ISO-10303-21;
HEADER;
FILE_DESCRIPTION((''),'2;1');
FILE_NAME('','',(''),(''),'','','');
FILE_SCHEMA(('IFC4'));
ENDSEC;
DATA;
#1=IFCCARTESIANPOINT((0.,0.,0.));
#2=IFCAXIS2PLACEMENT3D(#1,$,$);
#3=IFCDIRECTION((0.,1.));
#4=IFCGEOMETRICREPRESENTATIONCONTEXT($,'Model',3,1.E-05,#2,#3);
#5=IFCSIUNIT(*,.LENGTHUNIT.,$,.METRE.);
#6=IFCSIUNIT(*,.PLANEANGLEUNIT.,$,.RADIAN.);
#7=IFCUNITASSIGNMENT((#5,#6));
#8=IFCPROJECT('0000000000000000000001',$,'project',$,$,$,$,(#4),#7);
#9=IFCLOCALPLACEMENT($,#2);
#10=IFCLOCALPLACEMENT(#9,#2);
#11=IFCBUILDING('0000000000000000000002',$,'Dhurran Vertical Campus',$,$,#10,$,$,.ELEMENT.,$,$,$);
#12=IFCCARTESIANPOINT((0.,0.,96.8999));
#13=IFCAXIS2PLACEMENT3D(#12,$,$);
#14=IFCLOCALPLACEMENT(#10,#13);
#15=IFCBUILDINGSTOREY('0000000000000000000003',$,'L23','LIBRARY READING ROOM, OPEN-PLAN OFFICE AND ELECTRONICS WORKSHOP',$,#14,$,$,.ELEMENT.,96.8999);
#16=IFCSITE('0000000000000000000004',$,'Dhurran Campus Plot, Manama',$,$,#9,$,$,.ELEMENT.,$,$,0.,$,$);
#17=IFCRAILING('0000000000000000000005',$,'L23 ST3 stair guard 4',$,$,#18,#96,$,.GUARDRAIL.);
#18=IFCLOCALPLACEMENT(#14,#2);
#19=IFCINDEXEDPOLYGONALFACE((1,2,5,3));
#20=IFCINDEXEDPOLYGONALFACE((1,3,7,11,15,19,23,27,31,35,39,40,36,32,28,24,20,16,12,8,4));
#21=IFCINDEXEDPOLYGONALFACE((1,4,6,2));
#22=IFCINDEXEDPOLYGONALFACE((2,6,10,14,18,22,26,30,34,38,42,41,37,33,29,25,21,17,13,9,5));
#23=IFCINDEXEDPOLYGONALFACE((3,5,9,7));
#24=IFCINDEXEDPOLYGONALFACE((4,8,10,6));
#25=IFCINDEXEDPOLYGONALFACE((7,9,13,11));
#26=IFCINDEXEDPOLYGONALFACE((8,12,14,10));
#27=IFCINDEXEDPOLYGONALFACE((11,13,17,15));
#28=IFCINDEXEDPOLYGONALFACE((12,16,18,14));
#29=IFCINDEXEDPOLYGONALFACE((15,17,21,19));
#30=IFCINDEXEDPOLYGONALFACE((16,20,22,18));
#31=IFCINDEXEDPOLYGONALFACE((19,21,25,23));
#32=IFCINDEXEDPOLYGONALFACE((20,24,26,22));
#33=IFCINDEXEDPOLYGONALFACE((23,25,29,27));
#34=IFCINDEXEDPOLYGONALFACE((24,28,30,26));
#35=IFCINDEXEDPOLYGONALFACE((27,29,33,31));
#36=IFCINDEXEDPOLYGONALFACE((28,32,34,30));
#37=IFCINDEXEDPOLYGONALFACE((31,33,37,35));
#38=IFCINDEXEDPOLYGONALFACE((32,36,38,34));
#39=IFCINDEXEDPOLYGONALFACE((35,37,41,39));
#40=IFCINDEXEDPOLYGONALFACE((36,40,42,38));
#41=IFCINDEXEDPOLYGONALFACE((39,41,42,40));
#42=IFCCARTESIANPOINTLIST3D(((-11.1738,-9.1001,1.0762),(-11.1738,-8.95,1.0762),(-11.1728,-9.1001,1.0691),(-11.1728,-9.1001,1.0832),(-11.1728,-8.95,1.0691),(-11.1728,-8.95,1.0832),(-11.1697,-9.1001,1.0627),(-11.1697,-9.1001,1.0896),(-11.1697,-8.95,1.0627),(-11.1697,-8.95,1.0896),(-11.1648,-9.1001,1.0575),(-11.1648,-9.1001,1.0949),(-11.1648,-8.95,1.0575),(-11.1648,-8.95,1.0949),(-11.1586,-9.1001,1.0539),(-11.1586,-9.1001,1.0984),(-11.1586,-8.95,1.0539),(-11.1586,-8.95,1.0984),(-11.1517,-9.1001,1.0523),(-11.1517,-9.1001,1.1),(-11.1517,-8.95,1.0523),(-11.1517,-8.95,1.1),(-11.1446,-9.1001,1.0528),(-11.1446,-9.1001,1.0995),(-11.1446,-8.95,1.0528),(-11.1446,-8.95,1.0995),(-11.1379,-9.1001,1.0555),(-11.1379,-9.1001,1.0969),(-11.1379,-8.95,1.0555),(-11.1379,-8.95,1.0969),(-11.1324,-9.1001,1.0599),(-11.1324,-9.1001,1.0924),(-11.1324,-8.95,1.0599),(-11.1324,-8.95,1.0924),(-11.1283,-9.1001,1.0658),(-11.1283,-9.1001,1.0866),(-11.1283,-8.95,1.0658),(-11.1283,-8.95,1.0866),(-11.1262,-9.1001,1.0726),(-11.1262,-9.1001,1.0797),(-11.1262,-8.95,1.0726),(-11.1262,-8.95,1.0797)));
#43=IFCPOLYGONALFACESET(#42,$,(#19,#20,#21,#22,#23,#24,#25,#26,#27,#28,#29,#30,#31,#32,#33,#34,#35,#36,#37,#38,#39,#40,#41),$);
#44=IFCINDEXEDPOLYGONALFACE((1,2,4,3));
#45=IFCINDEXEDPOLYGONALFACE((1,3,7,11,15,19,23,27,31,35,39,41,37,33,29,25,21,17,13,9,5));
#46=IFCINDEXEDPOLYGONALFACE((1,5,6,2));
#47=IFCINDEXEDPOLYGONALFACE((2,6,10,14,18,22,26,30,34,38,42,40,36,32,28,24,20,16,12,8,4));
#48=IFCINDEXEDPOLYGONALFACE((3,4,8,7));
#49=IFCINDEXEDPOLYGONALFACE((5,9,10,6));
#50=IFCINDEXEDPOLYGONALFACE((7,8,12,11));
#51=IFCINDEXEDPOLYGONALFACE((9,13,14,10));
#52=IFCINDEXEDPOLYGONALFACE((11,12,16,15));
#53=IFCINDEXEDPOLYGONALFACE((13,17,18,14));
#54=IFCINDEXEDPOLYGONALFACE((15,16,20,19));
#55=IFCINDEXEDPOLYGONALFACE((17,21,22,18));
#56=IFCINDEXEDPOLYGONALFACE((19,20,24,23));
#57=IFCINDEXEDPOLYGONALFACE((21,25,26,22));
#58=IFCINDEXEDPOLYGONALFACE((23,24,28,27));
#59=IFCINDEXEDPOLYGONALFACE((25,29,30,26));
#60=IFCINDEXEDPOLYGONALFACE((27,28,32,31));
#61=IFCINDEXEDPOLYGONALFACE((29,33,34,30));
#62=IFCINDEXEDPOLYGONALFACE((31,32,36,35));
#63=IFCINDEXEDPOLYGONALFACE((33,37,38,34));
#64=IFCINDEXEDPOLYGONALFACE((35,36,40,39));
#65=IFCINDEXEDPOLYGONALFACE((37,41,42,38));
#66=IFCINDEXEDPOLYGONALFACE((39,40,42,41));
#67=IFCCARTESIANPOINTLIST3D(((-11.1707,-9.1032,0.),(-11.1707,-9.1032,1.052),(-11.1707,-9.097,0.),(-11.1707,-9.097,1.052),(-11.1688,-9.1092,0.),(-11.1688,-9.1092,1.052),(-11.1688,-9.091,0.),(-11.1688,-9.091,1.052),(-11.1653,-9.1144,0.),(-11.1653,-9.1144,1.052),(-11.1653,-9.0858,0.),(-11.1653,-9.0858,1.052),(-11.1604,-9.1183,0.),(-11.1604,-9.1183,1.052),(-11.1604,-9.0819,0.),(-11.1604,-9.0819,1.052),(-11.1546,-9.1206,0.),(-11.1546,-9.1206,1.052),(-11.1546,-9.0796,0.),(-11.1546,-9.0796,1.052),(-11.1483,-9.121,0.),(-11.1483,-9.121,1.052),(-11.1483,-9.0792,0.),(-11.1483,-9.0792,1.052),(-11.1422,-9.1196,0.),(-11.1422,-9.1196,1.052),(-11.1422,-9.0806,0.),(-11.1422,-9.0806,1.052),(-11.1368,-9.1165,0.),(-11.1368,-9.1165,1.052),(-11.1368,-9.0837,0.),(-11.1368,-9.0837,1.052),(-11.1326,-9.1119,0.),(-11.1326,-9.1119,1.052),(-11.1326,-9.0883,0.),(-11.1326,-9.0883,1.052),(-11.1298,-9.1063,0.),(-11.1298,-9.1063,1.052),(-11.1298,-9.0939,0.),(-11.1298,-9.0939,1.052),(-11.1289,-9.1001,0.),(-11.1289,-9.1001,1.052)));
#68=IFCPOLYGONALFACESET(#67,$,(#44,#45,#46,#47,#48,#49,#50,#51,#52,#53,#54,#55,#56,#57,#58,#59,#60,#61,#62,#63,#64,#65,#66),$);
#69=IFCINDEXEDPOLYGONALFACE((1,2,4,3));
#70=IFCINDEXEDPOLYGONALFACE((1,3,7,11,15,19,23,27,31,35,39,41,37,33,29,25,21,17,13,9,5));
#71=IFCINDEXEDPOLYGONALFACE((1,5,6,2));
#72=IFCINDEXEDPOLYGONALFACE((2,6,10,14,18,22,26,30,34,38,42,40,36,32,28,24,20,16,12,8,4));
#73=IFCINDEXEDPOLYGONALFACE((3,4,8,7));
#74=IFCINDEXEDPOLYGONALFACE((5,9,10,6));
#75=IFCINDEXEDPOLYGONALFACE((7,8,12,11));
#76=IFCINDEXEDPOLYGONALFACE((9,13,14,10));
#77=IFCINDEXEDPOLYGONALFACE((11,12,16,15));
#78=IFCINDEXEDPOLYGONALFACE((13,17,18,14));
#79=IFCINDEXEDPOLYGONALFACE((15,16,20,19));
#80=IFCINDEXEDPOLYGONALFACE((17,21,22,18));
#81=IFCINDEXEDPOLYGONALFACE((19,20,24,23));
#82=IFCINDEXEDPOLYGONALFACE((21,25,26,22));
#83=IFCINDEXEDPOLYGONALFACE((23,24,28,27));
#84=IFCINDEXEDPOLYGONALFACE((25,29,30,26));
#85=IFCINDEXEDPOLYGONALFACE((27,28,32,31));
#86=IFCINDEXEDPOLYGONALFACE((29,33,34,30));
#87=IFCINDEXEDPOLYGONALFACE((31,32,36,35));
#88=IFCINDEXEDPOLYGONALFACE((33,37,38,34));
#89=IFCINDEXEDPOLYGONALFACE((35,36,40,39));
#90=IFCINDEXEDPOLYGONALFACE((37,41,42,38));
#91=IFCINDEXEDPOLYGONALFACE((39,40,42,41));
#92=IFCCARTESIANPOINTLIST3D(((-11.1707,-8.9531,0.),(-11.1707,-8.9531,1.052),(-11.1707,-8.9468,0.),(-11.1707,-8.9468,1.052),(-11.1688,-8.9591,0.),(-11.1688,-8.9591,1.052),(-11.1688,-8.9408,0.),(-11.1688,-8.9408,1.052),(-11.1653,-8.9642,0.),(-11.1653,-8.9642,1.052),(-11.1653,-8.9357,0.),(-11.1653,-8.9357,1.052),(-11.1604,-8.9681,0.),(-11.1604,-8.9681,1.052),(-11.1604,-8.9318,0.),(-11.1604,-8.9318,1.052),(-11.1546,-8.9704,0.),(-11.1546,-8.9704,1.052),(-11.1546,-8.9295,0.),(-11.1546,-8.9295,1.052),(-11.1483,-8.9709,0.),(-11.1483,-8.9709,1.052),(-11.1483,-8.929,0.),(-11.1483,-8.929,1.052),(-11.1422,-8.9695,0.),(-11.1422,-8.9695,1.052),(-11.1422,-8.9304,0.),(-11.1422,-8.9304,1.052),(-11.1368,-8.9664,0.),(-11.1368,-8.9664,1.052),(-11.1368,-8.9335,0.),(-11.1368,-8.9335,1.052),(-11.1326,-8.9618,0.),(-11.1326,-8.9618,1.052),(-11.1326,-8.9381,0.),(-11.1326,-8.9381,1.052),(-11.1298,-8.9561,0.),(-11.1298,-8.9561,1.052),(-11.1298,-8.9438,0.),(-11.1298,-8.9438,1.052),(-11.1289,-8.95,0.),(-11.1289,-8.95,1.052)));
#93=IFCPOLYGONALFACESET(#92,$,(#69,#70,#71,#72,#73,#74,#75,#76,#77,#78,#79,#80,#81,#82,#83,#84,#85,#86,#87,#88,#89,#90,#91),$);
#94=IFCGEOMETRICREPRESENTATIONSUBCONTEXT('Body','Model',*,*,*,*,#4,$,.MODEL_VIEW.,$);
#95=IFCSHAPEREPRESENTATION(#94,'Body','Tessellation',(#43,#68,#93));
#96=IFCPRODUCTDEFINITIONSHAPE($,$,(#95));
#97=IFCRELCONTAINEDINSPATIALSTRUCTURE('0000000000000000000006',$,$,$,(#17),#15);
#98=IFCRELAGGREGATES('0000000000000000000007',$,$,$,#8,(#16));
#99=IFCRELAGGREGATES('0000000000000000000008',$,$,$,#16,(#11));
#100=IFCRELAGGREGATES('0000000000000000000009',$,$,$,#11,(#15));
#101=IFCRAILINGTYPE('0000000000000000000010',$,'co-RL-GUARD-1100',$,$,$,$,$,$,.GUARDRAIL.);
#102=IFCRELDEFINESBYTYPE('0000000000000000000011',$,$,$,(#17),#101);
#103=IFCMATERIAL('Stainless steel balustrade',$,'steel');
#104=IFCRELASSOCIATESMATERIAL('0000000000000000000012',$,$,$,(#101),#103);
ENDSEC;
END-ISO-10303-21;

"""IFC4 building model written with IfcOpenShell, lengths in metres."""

from ifc_helpers import new_model, si_unit, direction, frame, origin, origin_2d, place, context, subcontext, project, spatial, circle, extrude, material, type_object, element, save


model = new_model("IFC4")

# Units and contexts
model_context = context("Model", 3, precision=1e-05, world=origin(), true_north=direction((0.0, 1.0)))
body_context = subcontext(model_context, "Body", "Model", "MODEL_VIEW")
ifc_project = project(units=[si_unit("LENGTHUNIT", "METRE"), si_unit("PLANEANGLEUNIT", "RADIAN")], contexts=[model_context])

# Site, building, storey
site_placement = place(None, origin())
site = spatial("IfcSite", under=ifc_project, at=site_placement, Name="Dhurran Campus Plot, Manama", CompositionType="ELEMENT", RefElevation=0.0)
building_placement = place(site_placement, origin())
building = spatial("IfcBuilding", under=site, at=building_placement, Name="Dhurran Vertical Campus", CompositionType="ELEMENT")
storey_placement = place(building_placement, frame((0.0, 0.0, 96.8999)))
storey = spatial("IfcBuildingStorey", under=building, at=storey_placement, Name="L23", Description="LIBRARY READING ROOM, OPEN-PLAN OFFICE AND ELECTRONICS WORKSHOP", CompositionType="ELEMENT", Elevation=96.8999)

# Railing
ifc_material_1 = material(Name="Stainless steel balustrade", Category="steel")
railing_type_1 = type_object("IfcRailingType", Name="co-RL-GUARD-1100", PredefinedType="GUARDRAIL", material=ifc_material_1)
railing_1_placement = place(storey_placement, frame((-11.1499, -9.1001, 0.0)))
element("IfcRailing", 1, at=railing_1_placement, inside=storey, type_object=railing_type_1, Name="L23 ST3 stair guard 4", PredefinedType="GUARDRAIL", context=body_context, shape_type="SweptSolid", body=[
    extrude(circle(Radius=0.0239, at=origin_2d()), frame((0.0, 0.0, 1.0762), z_axis=(0.0, 1.0, 0.0), x_axis=(-1.0, 0.0, 0.0)), (0.0, 0.0, 1.0), 0.1501),
    extrude(circle(Radius=0.021, at=origin_2d()), origin(), (0.0, 0.0, 1.0), 1.052),
    extrude(circle(Radius=0.021, at=origin_2d()), frame((0.0, 0.1501, 0.0)), (0.0, 0.0, 1.0), 1.052),
])

save(model, "model.ifc")
